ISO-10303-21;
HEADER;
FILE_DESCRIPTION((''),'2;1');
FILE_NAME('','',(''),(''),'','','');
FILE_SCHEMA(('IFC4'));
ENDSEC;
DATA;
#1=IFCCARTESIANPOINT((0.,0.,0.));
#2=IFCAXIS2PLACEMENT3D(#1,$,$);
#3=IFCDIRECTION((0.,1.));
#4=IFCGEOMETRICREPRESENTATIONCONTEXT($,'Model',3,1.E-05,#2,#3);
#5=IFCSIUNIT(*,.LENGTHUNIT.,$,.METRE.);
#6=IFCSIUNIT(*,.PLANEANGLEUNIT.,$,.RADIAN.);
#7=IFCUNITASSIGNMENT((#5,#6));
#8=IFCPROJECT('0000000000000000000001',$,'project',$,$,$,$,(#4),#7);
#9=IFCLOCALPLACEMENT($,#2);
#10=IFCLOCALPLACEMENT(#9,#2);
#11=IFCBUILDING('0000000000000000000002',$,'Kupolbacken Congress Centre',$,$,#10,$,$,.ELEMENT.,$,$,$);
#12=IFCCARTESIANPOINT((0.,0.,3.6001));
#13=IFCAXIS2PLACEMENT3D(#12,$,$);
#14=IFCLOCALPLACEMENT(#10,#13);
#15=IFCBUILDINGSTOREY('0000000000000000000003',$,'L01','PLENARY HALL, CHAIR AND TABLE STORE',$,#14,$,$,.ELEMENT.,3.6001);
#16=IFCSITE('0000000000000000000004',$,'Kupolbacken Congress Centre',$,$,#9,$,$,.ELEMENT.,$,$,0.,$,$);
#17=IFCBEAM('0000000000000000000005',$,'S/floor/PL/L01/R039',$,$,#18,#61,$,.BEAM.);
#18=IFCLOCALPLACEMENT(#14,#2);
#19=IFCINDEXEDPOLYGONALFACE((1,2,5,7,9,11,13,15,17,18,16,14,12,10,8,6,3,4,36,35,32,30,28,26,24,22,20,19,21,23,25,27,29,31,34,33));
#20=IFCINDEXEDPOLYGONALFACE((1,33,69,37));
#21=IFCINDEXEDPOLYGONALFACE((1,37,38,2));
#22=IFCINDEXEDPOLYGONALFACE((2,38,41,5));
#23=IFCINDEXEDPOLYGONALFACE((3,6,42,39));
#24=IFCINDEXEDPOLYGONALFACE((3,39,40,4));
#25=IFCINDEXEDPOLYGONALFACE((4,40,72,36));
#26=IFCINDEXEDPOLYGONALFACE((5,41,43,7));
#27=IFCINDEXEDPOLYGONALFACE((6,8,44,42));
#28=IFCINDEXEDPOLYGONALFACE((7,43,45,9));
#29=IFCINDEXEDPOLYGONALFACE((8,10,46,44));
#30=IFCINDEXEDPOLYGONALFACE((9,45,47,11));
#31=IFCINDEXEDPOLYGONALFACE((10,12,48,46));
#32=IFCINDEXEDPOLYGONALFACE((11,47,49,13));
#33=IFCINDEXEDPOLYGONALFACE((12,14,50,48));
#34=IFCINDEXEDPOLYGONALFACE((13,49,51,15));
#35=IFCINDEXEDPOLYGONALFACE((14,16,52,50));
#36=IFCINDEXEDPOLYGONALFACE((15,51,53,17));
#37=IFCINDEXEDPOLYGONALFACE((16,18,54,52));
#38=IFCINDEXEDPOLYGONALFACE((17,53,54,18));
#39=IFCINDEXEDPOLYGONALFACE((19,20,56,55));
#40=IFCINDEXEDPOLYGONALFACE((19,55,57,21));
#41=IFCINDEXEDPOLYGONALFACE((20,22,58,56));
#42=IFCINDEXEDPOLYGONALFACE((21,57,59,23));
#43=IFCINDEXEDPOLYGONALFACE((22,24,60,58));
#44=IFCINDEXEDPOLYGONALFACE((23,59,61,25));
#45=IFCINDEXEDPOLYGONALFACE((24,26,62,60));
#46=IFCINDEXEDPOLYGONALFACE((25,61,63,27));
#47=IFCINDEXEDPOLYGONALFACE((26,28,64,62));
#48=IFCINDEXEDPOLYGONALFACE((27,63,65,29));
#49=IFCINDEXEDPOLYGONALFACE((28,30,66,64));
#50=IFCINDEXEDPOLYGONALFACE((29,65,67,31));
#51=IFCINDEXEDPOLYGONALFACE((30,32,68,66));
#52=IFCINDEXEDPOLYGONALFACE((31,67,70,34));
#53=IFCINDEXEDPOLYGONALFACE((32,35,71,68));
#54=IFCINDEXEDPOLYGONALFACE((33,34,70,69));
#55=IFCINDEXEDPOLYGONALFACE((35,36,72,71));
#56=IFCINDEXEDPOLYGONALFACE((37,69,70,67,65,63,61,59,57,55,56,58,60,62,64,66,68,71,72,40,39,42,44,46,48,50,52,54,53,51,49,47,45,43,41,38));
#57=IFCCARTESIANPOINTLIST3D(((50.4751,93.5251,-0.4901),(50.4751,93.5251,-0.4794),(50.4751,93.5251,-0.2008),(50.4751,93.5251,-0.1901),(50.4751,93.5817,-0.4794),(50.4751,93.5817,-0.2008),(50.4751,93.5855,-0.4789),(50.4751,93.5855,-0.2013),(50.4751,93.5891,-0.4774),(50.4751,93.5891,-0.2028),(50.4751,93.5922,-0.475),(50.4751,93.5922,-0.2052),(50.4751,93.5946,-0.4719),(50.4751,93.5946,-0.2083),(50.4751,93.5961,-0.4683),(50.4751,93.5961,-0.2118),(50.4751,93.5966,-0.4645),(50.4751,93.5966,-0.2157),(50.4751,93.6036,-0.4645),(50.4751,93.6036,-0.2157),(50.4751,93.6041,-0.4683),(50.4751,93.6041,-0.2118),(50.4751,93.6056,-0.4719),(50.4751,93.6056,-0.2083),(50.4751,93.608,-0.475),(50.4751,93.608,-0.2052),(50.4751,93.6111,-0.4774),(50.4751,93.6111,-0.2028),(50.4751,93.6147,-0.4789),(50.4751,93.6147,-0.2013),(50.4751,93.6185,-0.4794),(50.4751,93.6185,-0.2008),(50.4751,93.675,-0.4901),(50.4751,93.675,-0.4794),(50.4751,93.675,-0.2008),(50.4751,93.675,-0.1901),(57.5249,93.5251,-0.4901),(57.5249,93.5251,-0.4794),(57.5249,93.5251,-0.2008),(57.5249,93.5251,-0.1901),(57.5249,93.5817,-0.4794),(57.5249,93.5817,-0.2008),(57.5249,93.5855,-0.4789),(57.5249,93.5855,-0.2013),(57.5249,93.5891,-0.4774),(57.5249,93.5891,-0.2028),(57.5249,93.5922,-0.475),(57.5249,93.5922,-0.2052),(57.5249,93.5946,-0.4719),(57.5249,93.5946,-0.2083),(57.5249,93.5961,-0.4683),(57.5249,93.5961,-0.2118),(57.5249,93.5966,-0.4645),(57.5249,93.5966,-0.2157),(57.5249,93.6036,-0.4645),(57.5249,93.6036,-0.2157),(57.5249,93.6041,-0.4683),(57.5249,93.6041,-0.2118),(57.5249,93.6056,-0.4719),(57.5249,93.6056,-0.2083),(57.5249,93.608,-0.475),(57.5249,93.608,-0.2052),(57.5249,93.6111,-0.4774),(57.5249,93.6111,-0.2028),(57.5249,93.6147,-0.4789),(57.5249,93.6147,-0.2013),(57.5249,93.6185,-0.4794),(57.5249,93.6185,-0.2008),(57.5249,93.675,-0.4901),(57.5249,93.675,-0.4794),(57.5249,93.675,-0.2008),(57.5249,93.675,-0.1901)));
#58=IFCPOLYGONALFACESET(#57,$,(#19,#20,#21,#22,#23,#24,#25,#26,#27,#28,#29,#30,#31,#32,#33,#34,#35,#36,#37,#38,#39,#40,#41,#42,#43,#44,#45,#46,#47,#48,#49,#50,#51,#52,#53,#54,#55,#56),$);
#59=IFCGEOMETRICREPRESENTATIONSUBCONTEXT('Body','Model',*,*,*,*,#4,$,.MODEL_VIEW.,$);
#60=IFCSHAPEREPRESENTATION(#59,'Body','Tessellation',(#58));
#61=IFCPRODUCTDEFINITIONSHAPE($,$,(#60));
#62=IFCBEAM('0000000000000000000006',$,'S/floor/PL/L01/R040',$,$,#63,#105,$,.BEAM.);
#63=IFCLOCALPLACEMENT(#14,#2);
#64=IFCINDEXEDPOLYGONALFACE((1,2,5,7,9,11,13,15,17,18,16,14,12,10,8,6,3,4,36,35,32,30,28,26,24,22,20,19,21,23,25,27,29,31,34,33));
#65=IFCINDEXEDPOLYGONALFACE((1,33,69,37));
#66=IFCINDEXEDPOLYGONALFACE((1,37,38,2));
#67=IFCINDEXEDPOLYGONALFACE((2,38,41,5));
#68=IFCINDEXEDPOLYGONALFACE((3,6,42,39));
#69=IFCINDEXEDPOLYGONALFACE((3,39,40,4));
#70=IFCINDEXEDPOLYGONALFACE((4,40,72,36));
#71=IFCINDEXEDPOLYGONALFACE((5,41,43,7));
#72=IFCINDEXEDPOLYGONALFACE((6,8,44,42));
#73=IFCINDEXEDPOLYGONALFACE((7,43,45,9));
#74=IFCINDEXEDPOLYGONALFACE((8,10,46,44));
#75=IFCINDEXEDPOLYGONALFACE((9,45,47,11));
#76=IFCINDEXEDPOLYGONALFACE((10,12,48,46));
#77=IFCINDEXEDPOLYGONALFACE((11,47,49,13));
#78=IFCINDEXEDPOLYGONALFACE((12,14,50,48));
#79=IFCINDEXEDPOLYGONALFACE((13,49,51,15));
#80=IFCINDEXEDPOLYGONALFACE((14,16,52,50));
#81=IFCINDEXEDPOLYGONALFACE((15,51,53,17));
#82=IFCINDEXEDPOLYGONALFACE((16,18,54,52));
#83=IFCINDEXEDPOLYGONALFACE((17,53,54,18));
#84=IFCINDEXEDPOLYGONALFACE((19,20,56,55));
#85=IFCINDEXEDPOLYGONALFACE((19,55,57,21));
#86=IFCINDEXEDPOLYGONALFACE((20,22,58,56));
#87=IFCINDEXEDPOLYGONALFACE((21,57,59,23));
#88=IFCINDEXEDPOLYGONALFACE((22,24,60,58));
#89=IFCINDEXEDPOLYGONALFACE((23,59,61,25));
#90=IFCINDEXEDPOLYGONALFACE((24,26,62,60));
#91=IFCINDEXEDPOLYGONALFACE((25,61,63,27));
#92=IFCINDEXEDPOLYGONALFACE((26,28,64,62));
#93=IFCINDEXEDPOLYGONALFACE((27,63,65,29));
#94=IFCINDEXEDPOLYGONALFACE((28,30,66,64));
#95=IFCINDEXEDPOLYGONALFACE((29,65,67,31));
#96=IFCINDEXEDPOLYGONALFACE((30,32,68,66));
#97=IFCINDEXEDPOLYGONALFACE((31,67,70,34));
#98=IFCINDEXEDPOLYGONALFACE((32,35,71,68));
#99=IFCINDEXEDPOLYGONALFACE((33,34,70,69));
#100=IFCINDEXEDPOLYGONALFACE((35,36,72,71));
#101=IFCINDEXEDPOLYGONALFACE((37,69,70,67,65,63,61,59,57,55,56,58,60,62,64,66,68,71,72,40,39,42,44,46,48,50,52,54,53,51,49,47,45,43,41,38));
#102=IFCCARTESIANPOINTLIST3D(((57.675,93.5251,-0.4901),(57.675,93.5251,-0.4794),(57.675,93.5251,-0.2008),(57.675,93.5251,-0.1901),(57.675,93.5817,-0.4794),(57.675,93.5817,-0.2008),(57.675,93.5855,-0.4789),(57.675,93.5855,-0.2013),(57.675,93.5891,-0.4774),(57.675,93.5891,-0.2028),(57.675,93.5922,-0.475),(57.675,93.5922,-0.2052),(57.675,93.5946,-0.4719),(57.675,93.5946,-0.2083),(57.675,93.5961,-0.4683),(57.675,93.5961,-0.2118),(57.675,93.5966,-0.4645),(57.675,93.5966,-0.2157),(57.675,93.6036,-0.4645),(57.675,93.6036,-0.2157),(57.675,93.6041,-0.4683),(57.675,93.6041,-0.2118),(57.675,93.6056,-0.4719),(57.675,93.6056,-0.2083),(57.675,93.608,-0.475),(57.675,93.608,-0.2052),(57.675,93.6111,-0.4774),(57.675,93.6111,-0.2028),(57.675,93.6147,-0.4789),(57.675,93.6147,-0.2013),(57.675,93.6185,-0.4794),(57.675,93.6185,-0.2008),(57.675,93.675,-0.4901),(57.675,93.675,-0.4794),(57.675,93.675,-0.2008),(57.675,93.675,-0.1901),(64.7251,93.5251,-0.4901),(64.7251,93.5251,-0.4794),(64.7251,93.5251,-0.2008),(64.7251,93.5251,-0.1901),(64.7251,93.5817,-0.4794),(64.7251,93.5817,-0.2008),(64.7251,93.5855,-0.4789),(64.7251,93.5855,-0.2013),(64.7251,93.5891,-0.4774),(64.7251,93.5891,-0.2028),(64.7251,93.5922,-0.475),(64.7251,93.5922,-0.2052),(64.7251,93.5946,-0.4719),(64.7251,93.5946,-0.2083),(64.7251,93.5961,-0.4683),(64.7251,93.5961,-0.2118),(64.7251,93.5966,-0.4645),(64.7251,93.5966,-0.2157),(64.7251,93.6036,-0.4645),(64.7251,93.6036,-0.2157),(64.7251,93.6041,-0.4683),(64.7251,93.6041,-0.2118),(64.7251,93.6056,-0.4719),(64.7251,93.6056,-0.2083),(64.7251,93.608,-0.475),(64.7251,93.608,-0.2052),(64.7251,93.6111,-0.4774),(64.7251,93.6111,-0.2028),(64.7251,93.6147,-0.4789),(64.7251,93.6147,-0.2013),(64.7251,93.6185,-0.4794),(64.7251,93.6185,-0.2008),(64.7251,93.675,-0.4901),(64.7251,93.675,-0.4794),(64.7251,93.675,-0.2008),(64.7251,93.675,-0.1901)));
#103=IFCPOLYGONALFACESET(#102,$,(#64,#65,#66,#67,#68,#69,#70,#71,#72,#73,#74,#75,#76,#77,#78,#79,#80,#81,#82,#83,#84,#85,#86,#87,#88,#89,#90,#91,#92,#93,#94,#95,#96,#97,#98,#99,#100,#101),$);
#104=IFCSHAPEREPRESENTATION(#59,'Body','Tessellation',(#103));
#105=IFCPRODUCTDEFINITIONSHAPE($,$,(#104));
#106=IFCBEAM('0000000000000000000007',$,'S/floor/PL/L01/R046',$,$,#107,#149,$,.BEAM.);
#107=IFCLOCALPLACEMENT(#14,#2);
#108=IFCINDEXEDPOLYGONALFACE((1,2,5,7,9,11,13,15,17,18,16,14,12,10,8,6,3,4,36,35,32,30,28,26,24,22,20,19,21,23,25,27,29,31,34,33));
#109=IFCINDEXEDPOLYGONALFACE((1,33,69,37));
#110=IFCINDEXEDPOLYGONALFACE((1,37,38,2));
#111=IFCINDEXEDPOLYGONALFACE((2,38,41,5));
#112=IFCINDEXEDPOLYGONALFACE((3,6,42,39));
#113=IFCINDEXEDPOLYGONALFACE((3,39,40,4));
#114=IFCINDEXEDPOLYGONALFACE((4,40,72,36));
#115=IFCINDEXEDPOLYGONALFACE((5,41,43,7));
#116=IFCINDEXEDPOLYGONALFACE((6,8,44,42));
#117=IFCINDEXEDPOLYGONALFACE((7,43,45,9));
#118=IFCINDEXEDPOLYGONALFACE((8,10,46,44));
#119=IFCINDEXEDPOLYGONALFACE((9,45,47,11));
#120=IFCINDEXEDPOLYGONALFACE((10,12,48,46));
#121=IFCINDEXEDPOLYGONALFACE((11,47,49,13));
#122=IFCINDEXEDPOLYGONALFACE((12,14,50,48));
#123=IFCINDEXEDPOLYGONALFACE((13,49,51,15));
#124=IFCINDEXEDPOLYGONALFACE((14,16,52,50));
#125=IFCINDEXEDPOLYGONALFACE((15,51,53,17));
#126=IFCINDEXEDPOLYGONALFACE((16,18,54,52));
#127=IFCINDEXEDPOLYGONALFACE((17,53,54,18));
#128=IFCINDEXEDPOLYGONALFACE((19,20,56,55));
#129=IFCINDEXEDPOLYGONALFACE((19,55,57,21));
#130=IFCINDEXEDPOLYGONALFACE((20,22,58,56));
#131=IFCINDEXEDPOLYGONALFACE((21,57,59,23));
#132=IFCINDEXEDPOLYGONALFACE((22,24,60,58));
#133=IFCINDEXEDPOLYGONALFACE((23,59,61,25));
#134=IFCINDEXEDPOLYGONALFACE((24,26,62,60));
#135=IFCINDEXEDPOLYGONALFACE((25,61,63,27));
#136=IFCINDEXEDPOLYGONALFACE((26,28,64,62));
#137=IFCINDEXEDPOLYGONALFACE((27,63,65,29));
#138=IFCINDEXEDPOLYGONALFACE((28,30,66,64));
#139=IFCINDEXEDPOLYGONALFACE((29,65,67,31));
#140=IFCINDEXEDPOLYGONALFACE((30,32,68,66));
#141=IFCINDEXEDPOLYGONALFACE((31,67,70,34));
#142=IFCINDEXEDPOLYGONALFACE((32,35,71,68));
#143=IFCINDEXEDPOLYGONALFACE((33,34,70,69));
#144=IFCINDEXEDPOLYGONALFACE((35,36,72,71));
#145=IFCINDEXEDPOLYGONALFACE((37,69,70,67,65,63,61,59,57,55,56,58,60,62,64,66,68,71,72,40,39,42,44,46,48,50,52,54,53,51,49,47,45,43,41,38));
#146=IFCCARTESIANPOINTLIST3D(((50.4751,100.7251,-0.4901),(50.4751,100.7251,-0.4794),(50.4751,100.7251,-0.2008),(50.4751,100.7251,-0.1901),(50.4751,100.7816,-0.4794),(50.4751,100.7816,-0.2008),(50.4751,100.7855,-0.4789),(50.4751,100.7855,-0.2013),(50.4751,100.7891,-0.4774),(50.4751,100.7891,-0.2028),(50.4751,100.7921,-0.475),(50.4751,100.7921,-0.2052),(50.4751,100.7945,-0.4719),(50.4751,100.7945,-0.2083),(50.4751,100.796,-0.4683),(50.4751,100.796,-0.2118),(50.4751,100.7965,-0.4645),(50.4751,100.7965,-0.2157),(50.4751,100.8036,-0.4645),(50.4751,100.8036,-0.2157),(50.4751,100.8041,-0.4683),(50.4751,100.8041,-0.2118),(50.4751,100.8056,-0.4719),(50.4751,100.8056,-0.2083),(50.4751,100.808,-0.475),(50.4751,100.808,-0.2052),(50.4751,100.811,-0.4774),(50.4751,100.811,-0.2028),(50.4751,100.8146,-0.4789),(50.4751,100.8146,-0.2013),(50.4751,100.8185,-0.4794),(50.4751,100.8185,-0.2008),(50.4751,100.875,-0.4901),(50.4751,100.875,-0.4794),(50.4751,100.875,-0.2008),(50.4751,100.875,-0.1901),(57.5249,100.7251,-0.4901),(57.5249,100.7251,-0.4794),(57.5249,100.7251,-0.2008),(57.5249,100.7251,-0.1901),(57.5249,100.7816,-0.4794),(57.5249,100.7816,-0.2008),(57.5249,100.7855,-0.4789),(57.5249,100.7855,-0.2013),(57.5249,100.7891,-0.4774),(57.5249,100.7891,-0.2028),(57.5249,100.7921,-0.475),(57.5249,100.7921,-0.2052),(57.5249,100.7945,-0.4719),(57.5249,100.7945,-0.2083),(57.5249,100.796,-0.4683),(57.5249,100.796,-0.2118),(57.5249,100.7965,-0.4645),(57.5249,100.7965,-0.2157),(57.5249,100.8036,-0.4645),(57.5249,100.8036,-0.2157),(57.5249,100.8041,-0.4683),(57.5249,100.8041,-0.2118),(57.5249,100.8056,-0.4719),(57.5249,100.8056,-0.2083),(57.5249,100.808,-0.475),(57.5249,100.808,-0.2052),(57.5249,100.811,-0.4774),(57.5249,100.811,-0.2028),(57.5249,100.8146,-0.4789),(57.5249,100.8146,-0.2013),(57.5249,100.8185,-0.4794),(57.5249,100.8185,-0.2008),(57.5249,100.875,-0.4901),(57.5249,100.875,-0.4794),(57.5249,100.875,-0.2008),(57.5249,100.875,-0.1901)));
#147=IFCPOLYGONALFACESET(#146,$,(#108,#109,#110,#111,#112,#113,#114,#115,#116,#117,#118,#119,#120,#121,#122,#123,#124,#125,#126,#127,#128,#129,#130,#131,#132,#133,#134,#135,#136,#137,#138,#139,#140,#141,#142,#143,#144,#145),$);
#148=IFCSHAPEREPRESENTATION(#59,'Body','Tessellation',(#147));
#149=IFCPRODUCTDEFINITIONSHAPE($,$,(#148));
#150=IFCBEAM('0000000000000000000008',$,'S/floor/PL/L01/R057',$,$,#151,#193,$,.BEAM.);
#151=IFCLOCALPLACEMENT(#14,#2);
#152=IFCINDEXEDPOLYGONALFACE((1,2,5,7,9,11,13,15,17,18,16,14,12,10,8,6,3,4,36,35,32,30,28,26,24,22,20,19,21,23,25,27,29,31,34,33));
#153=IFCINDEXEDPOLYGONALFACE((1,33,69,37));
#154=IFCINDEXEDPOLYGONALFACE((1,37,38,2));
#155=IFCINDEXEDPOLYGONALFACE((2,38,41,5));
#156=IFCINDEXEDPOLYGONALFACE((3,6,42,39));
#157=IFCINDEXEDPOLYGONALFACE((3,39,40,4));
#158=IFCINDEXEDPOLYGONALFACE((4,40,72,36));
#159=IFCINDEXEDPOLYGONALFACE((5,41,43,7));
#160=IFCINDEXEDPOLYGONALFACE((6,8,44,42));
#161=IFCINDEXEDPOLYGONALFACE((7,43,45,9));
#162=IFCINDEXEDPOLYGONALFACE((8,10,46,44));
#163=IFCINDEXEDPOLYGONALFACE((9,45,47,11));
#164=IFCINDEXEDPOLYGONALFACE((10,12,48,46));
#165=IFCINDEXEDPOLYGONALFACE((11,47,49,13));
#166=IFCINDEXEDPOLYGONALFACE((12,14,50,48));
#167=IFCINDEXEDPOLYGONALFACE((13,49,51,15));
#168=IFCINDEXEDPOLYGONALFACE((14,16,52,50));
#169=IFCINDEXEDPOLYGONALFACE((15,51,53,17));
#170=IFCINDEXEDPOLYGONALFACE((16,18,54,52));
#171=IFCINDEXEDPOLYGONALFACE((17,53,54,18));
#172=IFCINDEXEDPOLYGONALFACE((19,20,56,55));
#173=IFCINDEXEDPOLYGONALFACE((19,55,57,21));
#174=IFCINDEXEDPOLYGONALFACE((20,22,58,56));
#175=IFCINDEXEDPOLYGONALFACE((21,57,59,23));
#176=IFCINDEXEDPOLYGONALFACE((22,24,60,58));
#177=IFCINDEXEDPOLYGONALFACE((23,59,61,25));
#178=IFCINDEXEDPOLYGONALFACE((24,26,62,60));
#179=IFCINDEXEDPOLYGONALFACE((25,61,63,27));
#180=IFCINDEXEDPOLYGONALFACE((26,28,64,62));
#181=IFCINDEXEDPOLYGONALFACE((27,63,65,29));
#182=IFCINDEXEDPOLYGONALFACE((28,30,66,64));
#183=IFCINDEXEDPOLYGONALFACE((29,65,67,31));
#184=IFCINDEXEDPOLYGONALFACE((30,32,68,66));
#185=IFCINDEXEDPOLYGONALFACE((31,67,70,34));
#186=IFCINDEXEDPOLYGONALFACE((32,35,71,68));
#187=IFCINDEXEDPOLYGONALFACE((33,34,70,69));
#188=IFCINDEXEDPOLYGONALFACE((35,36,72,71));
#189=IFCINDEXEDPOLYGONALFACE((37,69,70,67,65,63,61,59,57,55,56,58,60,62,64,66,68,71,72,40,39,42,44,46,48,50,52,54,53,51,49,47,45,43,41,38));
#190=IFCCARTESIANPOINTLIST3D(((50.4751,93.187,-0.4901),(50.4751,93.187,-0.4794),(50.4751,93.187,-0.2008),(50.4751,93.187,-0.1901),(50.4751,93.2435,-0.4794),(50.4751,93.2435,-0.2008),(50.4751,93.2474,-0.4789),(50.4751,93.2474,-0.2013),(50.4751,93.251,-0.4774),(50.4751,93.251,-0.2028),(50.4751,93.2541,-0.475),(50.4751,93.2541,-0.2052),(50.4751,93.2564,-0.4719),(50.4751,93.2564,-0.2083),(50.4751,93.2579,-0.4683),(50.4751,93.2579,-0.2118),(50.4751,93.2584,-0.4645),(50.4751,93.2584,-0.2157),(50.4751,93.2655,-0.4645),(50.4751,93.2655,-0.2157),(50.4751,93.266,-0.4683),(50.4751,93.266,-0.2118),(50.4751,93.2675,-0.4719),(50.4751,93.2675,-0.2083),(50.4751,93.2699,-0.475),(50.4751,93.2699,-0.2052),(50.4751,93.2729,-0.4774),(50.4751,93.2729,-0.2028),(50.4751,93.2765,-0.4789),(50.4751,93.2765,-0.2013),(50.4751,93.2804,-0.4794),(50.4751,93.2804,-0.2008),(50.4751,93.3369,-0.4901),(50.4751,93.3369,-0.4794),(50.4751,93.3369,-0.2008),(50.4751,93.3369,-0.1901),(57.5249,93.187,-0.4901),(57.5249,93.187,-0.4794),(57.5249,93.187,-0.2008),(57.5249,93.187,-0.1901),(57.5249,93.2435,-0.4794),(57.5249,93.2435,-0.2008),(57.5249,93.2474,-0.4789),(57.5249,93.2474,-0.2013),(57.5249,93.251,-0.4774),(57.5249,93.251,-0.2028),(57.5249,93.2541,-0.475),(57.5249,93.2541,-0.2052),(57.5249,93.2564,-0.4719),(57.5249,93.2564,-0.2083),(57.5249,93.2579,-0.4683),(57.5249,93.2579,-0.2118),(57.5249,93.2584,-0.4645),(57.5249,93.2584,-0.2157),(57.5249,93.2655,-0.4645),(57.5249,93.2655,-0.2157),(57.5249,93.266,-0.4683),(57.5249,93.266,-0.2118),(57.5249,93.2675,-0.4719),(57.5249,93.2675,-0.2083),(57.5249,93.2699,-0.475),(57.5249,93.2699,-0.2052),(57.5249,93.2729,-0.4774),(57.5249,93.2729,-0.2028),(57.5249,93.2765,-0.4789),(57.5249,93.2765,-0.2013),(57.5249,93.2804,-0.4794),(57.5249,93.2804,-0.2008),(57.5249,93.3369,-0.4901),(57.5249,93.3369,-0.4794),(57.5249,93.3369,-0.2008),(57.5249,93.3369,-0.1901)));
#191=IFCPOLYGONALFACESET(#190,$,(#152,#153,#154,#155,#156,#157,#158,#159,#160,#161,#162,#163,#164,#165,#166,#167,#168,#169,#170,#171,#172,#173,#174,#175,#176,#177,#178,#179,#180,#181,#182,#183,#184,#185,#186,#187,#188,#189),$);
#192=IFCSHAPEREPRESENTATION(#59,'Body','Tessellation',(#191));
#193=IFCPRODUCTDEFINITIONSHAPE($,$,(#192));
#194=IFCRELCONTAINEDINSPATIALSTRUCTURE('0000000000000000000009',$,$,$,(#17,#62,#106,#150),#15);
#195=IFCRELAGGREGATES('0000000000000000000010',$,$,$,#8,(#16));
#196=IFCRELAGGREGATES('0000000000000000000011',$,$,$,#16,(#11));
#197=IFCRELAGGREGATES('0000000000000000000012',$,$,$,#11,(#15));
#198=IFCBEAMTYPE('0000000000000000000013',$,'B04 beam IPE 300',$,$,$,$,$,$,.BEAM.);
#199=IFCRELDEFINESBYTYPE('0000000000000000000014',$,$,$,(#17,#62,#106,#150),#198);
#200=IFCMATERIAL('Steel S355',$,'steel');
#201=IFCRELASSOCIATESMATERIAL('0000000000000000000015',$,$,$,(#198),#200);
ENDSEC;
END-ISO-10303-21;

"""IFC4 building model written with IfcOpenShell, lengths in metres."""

from ifc_helpers import new_model, si_unit, direction, frame, origin, origin_2d, place, context, subcontext, project, spatial, i_section, extrude, material, material_profile, profile_set, type_object, element, save


model = new_model("IFC4")

# Units and contexts
model_context = context("Model", 3, precision=1e-05, world=origin(), true_north=direction((0.0, 1.0)))
body_context = subcontext(model_context, "Body", "Model", "MODEL_VIEW")
ifc_project = project(units=[si_unit("LENGTHUNIT", "METRE"), si_unit("PLANEANGLEUNIT", "RADIAN")], contexts=[model_context])

# Site, building, storey
site_placement = place(None, origin())
site = spatial("IfcSite", under=ifc_project, at=site_placement, Name="Kupolbacken Congress Centre", CompositionType="ELEMENT", RefElevation=0.0)
building_placement = place(site_placement, origin())
building = spatial("IfcBuilding", under=site, at=building_placement, Name="Kupolbacken Congress Centre", CompositionType="ELEMENT")
storey_placement = place(building_placement, frame((0.0, 0.0, 3.6001)))
storey = spatial("IfcBuildingStorey", under=building, at=storey_placement, Name="L01", Description="PLENARY HALL, CHAIR AND TABLE STORE", CompositionType="ELEMENT", Elevation=3.6001)

# Beams
ifc_material_1 = material(Name="Steel S355", Category="steel")
ifc_material_profile_1 = material_profile(ifc_material_1, i_section(OverallWidth=0.1499, OverallDepth=0.3, WebThickness=0.0071, FlangeThickness=0.0107, FilletRadius=0.0149, at=origin_2d()), Name="IPE 300")
ifc_profile_set_1 = profile_set([ifc_material_profile_1], Name="Steel S355")
beam_type_1 = type_object("IfcBeamType", Name="B04 beam IPE 300", PredefinedType="BEAM", material=ifc_profile_set_1)
beam_1_placement = place(storey_placement, frame((50.4751, 93.6001, -0.3401), z_axis=(1.0, 0.0, 0.0), x_axis=(0.0, 1.0, 0.0)))
element("IfcBeam", 1, at=beam_1_placement, inside=storey, type_object=beam_type_1, Name="S/floor/PL/L01/R039", PredefinedType="BEAM", context=body_context, shape_type="SweptSolid", body=[
    extrude(i_section(OverallWidth=0.1499, OverallDepth=0.3, WebThickness=0.0071, FlangeThickness=0.0107, FilletRadius=0.0149, at=origin_2d()), origin(), (0.0, 0.0, 1.0), 7.0498),
])
beam_2_placement = place(storey_placement, frame((57.675, 93.6001, -0.3401), z_axis=(1.0, 0.0, 0.0), x_axis=(0.0, 1.0, 0.0)))
element("IfcBeam", 2, at=beam_2_placement, inside=storey, type_object=beam_type_1, Name="S/floor/PL/L01/R040", PredefinedType="BEAM", context=body_context, shape_type="SweptSolid", body=[
    extrude(i_section(OverallWidth=0.1499, OverallDepth=0.3, WebThickness=0.0071, FlangeThickness=0.0107, FilletRadius=0.0149, at=origin_2d()), origin(), (0.0, 0.0, 1.0), 7.05),
])
for number, where, z_axis, x_axis, name in (
    (3, (50.4751, 100.8, -0.3401), (1.0, 0.0, 0.0), (0.0, 1.0, 0.0), "S/floor/PL/L01/R046"),
    (4, (50.4751, 93.262, -0.3401), (1.0, 0.0, 0.0), (0.0, 1.0, 0.0), "S/floor/PL/L01/R057"),
):
    element("IfcBeam", number, at=place(storey_placement, frame(where, z_axis=z_axis, x_axis=x_axis)), inside=storey, type_object=beam_type_1, Name=name, PredefinedType="BEAM", context=body_context, shape_type="SweptSolid", body=[
        extrude(i_section(OverallWidth=0.1499, OverallDepth=0.3, WebThickness=0.0071, FlangeThickness=0.0107, FilletRadius=0.0149, at=origin_2d()), origin(), (0.0, 0.0, 1.0), 7.0498),
    ])

save(model, "model.ifc")
